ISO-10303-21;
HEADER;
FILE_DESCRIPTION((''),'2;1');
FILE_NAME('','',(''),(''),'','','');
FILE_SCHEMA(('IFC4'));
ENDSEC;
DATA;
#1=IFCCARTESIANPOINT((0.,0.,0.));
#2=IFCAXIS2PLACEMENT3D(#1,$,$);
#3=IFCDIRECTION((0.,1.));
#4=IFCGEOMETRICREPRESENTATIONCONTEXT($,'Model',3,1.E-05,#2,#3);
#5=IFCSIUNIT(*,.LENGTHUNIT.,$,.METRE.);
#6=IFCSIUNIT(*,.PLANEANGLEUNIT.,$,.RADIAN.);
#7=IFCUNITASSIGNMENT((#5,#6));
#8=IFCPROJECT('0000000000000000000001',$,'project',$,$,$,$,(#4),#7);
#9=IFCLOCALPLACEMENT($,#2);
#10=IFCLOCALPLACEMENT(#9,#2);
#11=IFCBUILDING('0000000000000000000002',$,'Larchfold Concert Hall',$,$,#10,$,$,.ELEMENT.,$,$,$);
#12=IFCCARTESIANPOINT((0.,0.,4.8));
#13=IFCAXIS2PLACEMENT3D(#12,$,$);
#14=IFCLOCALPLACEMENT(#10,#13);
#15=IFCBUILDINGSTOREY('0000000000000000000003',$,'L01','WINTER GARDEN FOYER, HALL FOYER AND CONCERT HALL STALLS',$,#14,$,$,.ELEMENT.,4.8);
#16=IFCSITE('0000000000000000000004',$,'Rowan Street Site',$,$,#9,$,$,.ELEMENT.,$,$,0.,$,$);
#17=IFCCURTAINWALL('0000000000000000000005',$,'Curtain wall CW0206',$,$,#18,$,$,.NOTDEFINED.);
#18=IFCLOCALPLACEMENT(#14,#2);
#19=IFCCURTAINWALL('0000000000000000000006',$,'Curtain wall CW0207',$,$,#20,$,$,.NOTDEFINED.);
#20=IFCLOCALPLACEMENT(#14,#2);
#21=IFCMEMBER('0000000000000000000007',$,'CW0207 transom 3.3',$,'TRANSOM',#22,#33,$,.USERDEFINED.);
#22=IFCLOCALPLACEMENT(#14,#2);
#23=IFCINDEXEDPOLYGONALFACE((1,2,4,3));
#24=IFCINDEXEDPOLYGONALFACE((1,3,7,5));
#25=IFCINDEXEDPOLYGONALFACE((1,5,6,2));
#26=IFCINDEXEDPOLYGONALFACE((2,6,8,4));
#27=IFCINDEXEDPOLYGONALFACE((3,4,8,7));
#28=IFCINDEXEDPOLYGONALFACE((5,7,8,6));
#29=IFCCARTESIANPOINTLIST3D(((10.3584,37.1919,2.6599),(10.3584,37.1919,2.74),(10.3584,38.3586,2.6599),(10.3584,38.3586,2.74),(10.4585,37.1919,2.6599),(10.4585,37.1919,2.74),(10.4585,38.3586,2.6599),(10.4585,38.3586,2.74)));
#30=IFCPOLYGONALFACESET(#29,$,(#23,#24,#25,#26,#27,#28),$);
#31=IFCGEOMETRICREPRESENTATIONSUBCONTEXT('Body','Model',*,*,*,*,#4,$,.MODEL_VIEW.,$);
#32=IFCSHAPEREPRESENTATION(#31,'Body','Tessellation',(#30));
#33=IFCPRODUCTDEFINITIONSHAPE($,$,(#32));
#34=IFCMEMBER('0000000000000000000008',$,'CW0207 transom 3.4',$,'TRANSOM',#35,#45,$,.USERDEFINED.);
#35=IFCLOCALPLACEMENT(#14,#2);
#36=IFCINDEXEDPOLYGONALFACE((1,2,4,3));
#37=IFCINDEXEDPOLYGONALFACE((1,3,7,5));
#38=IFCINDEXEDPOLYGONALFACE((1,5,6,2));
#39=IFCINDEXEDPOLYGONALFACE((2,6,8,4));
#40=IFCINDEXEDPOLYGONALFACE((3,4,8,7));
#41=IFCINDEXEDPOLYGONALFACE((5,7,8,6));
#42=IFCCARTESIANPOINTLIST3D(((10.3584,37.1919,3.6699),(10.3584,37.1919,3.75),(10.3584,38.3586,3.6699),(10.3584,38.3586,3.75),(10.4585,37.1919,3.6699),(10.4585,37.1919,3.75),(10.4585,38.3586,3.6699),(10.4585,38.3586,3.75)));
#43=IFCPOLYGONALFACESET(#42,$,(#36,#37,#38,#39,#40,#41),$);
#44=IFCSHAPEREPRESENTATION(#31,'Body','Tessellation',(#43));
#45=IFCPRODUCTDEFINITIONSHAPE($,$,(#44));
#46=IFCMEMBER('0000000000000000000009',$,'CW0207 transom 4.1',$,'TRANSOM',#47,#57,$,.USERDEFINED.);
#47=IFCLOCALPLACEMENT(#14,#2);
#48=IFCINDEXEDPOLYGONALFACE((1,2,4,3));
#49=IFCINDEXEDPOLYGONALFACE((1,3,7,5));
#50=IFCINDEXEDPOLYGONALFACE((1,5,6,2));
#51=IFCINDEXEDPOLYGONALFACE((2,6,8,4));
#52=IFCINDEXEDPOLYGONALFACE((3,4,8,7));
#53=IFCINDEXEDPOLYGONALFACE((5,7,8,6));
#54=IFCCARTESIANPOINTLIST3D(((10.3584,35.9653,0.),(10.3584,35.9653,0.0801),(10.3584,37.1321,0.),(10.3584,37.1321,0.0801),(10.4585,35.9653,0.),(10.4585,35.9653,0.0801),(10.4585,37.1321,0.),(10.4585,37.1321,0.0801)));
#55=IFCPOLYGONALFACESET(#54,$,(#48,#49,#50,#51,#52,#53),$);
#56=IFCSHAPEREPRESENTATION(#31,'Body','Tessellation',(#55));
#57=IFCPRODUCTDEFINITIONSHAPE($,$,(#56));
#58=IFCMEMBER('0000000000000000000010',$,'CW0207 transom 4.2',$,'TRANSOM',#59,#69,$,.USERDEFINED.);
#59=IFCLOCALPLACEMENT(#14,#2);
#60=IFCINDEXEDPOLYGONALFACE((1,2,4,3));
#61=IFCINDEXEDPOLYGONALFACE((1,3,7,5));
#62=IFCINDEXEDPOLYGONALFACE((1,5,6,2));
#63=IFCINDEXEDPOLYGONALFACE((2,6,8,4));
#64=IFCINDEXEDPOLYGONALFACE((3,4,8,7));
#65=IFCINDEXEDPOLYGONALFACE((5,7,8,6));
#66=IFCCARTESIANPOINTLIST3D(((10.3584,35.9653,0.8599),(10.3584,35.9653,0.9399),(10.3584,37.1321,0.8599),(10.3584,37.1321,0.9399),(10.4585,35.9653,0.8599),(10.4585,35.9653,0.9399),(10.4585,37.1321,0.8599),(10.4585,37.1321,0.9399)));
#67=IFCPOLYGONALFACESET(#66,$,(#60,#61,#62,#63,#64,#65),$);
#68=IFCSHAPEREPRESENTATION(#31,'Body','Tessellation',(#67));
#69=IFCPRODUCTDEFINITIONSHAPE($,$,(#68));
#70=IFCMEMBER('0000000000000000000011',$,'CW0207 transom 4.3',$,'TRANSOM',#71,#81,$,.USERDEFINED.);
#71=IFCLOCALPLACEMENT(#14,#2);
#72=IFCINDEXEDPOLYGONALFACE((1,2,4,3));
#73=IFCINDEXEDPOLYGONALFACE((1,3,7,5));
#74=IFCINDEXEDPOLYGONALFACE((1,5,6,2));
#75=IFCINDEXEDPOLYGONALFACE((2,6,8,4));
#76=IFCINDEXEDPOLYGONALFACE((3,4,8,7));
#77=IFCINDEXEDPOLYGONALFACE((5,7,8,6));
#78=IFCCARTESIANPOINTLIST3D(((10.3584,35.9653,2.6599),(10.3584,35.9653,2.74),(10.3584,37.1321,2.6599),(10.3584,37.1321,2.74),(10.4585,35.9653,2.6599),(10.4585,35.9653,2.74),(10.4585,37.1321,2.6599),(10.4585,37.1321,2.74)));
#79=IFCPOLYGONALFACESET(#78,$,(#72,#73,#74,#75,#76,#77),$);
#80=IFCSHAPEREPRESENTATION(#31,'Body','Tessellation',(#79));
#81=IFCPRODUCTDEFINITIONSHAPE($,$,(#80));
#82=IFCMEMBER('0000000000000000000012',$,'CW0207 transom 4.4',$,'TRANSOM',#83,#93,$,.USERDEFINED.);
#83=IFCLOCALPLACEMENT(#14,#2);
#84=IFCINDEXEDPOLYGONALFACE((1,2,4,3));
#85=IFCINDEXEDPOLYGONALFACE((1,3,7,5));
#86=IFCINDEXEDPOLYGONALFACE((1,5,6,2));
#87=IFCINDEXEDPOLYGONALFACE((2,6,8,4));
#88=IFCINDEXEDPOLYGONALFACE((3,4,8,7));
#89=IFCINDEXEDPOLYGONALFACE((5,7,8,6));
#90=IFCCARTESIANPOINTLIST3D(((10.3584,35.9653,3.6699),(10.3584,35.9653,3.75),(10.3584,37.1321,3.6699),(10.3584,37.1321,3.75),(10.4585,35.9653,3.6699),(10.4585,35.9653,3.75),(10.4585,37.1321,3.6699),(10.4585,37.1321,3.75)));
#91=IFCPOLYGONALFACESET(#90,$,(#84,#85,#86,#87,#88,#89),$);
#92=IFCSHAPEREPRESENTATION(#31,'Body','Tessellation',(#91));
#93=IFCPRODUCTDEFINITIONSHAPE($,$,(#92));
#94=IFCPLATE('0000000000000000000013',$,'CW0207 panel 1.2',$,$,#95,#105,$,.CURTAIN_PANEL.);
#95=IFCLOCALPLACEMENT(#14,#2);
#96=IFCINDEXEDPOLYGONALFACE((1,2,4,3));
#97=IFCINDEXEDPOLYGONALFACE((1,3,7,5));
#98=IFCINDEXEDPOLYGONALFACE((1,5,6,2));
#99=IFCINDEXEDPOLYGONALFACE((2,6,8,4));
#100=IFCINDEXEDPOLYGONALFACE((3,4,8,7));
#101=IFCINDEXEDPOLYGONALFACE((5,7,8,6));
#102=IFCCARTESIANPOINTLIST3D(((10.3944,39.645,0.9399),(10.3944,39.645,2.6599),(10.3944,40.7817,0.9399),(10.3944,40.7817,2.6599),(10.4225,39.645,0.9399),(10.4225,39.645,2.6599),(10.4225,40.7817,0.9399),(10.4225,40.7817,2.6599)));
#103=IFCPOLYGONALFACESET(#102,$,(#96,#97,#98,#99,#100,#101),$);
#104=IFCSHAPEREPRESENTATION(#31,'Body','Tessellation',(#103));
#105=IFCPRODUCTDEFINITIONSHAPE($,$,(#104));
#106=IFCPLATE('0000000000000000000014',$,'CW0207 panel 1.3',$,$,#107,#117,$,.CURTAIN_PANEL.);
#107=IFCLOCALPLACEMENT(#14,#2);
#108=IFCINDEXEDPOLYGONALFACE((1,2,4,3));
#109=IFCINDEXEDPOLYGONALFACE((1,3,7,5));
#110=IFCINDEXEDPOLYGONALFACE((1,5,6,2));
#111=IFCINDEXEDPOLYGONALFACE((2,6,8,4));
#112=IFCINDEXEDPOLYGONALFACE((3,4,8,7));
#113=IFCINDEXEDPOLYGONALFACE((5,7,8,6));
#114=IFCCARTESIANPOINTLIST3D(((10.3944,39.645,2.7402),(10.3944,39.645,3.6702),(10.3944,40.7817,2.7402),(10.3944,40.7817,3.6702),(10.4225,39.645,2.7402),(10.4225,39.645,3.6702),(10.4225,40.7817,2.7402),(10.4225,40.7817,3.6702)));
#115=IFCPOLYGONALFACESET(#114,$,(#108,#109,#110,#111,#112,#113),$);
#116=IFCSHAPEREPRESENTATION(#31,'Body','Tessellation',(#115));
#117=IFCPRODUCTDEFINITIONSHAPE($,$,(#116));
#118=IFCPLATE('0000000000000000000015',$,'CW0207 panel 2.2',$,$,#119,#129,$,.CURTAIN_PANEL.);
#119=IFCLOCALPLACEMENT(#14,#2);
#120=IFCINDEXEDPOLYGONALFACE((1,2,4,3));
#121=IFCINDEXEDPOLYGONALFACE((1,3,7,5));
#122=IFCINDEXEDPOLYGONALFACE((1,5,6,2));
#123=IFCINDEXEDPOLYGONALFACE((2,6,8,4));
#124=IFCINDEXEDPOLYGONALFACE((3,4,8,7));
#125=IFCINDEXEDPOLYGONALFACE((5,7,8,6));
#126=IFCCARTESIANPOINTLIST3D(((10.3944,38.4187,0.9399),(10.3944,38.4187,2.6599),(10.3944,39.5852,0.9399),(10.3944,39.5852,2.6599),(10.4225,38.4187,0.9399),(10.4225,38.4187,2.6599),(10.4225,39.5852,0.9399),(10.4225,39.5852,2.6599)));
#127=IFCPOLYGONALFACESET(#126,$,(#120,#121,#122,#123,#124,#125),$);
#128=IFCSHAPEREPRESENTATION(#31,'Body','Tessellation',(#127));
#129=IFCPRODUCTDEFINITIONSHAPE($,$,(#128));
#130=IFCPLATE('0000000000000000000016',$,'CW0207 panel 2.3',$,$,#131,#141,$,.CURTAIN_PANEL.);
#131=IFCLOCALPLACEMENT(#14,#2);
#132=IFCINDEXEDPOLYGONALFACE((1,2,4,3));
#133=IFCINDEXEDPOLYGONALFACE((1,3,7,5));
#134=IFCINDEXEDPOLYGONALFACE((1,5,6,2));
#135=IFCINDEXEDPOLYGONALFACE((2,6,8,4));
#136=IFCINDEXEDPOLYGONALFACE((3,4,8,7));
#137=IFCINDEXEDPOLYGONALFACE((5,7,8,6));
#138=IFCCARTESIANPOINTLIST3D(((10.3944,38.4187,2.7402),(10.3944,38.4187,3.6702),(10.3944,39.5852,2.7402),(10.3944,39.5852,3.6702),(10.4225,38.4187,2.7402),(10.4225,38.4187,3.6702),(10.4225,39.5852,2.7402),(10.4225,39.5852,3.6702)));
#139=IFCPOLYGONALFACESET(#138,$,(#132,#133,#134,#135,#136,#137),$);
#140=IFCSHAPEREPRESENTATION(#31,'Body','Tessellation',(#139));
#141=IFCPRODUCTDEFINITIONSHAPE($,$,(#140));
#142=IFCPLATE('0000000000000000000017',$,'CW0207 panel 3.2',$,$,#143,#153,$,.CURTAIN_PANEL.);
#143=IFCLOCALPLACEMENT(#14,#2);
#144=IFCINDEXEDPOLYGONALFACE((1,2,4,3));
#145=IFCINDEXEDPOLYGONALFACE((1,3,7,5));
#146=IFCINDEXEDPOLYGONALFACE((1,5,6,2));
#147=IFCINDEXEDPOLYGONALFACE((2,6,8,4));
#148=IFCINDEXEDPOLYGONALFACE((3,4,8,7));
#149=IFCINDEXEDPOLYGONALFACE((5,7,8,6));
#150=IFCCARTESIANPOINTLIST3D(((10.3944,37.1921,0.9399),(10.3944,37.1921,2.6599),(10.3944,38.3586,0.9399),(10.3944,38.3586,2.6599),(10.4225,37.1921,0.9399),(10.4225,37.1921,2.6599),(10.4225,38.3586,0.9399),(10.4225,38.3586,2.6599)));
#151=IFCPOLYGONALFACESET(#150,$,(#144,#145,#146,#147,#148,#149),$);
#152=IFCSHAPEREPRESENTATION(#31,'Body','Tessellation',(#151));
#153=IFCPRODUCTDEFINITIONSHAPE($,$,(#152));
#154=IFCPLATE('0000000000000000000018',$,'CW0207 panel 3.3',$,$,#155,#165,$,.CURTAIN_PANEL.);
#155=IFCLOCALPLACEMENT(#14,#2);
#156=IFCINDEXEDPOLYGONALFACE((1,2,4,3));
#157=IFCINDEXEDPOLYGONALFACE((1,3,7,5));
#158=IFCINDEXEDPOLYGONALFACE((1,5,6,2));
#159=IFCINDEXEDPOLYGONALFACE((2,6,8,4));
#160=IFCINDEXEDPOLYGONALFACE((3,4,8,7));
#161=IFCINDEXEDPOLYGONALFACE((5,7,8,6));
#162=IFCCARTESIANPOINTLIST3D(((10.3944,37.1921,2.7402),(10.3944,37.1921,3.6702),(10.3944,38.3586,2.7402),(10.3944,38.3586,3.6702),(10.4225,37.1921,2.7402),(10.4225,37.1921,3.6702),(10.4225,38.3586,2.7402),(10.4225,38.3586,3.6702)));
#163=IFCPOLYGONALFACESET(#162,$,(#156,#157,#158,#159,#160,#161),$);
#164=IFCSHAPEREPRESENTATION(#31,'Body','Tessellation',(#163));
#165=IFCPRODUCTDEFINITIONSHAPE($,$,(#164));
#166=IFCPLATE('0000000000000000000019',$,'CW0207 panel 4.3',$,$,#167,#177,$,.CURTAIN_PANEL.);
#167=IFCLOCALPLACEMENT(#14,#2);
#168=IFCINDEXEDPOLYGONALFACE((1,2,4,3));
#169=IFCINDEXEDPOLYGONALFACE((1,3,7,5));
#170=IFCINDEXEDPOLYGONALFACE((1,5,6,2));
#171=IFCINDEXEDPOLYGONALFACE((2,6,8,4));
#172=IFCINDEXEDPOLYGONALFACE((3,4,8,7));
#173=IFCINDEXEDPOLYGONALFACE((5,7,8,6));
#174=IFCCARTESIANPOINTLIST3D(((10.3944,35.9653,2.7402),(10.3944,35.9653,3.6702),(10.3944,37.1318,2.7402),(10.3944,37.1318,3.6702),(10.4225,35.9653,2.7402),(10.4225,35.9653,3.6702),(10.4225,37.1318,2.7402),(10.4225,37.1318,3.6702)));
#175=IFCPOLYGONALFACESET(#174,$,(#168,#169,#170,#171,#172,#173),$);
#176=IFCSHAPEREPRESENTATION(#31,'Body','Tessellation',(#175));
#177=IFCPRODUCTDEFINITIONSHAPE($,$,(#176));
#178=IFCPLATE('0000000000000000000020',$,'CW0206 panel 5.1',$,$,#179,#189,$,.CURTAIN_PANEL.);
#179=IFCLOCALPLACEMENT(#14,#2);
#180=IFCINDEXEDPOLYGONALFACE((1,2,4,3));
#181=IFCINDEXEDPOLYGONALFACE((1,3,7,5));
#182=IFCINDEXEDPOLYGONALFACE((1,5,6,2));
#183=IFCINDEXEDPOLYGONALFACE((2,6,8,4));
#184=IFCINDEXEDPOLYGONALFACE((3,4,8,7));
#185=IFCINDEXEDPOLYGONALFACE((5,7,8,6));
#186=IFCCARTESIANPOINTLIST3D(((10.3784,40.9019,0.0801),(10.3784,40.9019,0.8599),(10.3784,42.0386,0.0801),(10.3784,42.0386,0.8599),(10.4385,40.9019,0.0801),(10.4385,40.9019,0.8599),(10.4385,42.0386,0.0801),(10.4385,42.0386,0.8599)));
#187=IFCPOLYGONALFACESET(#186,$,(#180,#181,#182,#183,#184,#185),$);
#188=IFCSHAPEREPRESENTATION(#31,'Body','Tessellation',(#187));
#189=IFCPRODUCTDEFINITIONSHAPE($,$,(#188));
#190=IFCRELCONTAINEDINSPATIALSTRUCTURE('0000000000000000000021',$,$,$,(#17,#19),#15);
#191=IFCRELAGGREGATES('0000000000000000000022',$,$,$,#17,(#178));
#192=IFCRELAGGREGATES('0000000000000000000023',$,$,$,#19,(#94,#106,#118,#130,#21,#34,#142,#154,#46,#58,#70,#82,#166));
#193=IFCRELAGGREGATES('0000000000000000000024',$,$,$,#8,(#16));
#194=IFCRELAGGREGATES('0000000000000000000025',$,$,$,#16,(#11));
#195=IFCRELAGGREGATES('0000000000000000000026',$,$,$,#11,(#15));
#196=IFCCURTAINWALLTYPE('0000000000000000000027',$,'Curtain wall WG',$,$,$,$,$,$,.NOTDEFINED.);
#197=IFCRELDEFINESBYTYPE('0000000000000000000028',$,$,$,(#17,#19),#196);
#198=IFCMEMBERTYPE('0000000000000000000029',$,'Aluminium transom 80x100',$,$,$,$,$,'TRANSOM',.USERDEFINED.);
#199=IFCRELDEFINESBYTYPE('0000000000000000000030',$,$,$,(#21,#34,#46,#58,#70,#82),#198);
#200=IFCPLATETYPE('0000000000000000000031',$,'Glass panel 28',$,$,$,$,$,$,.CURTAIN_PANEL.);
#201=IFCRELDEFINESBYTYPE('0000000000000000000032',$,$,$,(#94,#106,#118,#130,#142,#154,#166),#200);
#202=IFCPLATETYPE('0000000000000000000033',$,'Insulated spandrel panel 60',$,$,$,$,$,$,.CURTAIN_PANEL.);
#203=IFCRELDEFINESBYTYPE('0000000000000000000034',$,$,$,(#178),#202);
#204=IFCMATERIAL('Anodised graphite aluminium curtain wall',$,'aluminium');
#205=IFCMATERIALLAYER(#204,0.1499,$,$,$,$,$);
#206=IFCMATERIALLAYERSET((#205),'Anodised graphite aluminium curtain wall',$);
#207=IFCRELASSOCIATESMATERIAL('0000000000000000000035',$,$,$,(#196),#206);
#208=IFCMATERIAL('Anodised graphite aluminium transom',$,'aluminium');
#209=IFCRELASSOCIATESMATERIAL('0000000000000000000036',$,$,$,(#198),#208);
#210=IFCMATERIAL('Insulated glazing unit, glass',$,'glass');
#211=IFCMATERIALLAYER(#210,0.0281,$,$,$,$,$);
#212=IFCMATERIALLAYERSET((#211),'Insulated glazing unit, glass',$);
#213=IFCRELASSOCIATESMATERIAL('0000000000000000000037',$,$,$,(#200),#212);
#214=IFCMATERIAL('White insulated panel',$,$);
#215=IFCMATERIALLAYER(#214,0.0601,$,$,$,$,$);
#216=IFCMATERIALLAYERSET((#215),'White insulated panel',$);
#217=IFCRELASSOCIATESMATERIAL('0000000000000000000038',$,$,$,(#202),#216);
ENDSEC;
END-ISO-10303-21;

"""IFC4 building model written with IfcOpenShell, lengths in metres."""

from ifc_helpers import new_model, si_unit, direction, frame, origin, origin_2d, place, context, subcontext, project, spatial, rectangle, extrude, material, layer, layer_set, material_profile, profile_set, type_object, element, aggregate, save


model = new_model("IFC4")

# Units and contexts
model_context = context("Model", 3, precision=1e-05, world=origin(), true_north=direction((0.0, 1.0)))
body_context = subcontext(model_context, "Body", "Model", "MODEL_VIEW")
ifc_project = project(units=[si_unit("LENGTHUNIT", "METRE"), si_unit("PLANEANGLEUNIT", "RADIAN")], contexts=[model_context])

# Site, building, storey
site_placement = place(None, origin())
site = spatial("IfcSite", under=ifc_project, at=site_placement, Name="Rowan Street Site", CompositionType="ELEMENT", RefElevation=0.0)
building_placement = place(site_placement, origin())
building = spatial("IfcBuilding", under=site, at=building_placement, Name="Larchfold Concert Hall", CompositionType="ELEMENT")
storey_placement = place(building_placement, frame((0.0, 0.0, 4.8)))
storey = spatial("IfcBuildingStorey", under=building, at=storey_placement, Name="L01", Description="WINTER GARDEN FOYER, HALL FOYER AND CONCERT HALL STALLS", CompositionType="ELEMENT", Elevation=4.8)

# Curtain wall
ifc_material_1 = material(Name="Anodised graphite aluminium curtain wall", Category="aluminium")
ifc_layer_1 = layer(ifc_material_1, 0.1499)
ifc_layer_set_1 = layer_set([ifc_layer_1], Name="Anodised graphite aluminium curtain wall")
curtain_wall_type = type_object("IfcCurtainWallType", Name="Curtain wall WG", PredefinedType="NOTDEFINED", material=ifc_layer_set_1)
curtain_wall_1_placement = place(storey_placement, origin())
curtain_wall_1 = element("IfcCurtainWall", 1, at=curtain_wall_1_placement, inside=storey, type_object=curtain_wall_type, Name="Curtain wall CW0206", PredefinedType="NOTDEFINED")

# Curtain wall, members, plates
curtain_wall_2_placement = place(storey_placement, origin())
curtain_wall_2 = element("IfcCurtainWall", 2, at=curtain_wall_2_placement, inside=storey, type_object=curtain_wall_type, Name="Curtain wall CW0207", PredefinedType="NOTDEFINED")
ifc_material_2 = material(Name="Anodised graphite aluminium transom", Category="aluminium")
ifc_material_profile_1 = material_profile(ifc_material_2, rectangle(XDim=0.1001, YDim=0.0801, at=origin_2d()))
ifc_profile_set_1 = profile_set([ifc_material_profile_1], Name="Anodised graphite aluminium transom")
member_type_1 = type_object("IfcMemberType", Name="Aluminium transom 80x100", ElementType="TRANSOM", PredefinedType="USERDEFINED", material=ifc_profile_set_1)
member_1_placement = place(storey_placement, frame((10.4084, 38.3586, 2.7), z_axis=(0.0, -1.0, 0.0), x_axis=(1.0, 0.0, 0.0)))
member_1 = element("IfcMember", 3, at=member_1_placement, type_object=member_type_1, Name="CW0207 transom 3.3", ObjectType="TRANSOM", PredefinedType="USERDEFINED", context=body_context, shape_type="SweptSolid", body=[
    extrude(rectangle(XDim=0.1001, YDim=0.0801, at=origin_2d()), origin(), (0.0, 0.0, 1.0), 1.1667),
])
member_2_placement = place(storey_placement, frame((10.4084, 38.3586, 3.71), z_axis=(0.0, -1.0, 0.0), x_axis=(1.0, 0.0, 0.0)))
member_2 = element("IfcMember", 4, at=member_2_placement, type_object=member_type_1, Name="CW0207 transom 3.4", ObjectType="TRANSOM", PredefinedType="USERDEFINED", context=body_context, shape_type="SweptSolid", body=[
    extrude(rectangle(XDim=0.1001, YDim=0.0801, at=origin_2d()), origin(), (0.0, 0.0, 1.0), 1.1667),
])
member_3_placement = place(storey_placement, frame((10.4084, 37.1321, 0.04), z_axis=(0.0, -1.0, 0.0), x_axis=(1.0, 0.0, 0.0)))
member_3 = element("IfcMember", 5, at=member_3_placement, type_object=member_type_1, Name="CW0207 transom 4.1", ObjectType="TRANSOM", PredefinedType="USERDEFINED", context=body_context, shape_type="SweptSolid", body=[
    extrude(rectangle(XDim=0.1001, YDim=0.0801, at=origin_2d()), origin(), (0.0, 0.0, 1.0), 1.1667),
])
member_4_placement = place(storey_placement, frame((10.4084, 37.1321, 0.8999), z_axis=(0.0, -1.0, 0.0), x_axis=(1.0, 0.0, 0.0)))
member_4 = element("IfcMember", 6, at=member_4_placement, type_object=member_type_1, Name="CW0207 transom 4.2", ObjectType="TRANSOM", PredefinedType="USERDEFINED", context=body_context, shape_type="SweptSolid", body=[
    extrude(rectangle(XDim=0.1001, YDim=0.0801, at=origin_2d()), origin(), (0.0, 0.0, 1.0), 1.1667),
])
member_5_placement = place(storey_placement, frame((10.4084, 37.1321, 2.7), z_axis=(0.0, -1.0, 0.0), x_axis=(1.0, 0.0, 0.0)))
member_5 = element("IfcMember", 7, at=member_5_placement, type_object=member_type_1, Name="CW0207 transom 4.3", ObjectType="TRANSOM", PredefinedType="USERDEFINED", context=body_context, shape_type="SweptSolid", body=[
    extrude(rectangle(XDim=0.1001, YDim=0.0801, at=origin_2d()), origin(), (0.0, 0.0, 1.0), 1.1667),
])
member_6_placement = place(storey_placement, frame((10.4084, 37.1321, 3.71), z_axis=(0.0, -1.0, 0.0), x_axis=(1.0, 0.0, 0.0)))
member_6 = element("IfcMember", 8, at=member_6_placement, type_object=member_type_1, Name="CW0207 transom 4.4", ObjectType="TRANSOM", PredefinedType="USERDEFINED", context=body_context, shape_type="SweptSolid", body=[
    extrude(rectangle(XDim=0.1001, YDim=0.0801, at=origin_2d()), origin(), (0.0, 0.0, 1.0), 1.1667),
])
ifc_material_3 = material(Name="Insulated glazing unit, glass", Category="glass")
ifc_layer_2 = layer(ifc_material_3, 0.0281)
ifc_layer_set_2 = layer_set([ifc_layer_2], Name="Insulated glazing unit, glass")
plate_type_1 = type_object("IfcPlateType", Name="Glass panel 28", PredefinedType="CURTAIN_PANEL", material=ifc_layer_set_2)
plate_1_placement = place(storey_placement, frame((10.4084, 40.2134, 0.9399), z_axis=(0.0, 0.0, 1.0), x_axis=(0.0, -1.0, 0.0)))
plate_1 = element("IfcPlate", 9, at=plate_1_placement, type_object=plate_type_1, Name="CW0207 panel 1.2", PredefinedType="CURTAIN_PANEL", context=body_context, shape_type="SweptSolid", body=[
    extrude(rectangle(XDim=1.1367, YDim=0.0281, at=origin_2d()), origin(), (0.0, 0.0, 1.0), 1.72),
])
plate_2_placement = place(storey_placement, frame((10.4084, 40.2134, 2.7402), z_axis=(0.0, 0.0, 1.0), x_axis=(0.0, -1.0, 0.0)))
plate_2 = element("IfcPlate", 10, at=plate_2_placement, type_object=plate_type_1, Name="CW0207 panel 1.3", PredefinedType="CURTAIN_PANEL", context=body_context, shape_type="SweptSolid", body=[
    extrude(rectangle(XDim=1.1367, YDim=0.0281, at=origin_2d()), origin(), (0.0, 0.0, 1.0), 0.9299),
])
plate_3_placement = place(storey_placement, frame((10.4084, 39.002, 0.9399), z_axis=(0.0, 0.0, 1.0), x_axis=(0.0, -1.0, 0.0)))
plate_3 = element("IfcPlate", 11, at=plate_3_placement, type_object=plate_type_1, Name="CW0207 panel 2.2", PredefinedType="CURTAIN_PANEL", context=body_context, shape_type="SweptSolid", body=[
    extrude(rectangle(XDim=1.1665, YDim=0.0281, at=origin_2d()), origin(), (0.0, 0.0, 1.0), 1.72),
])
plate_4_placement = place(storey_placement, frame((10.4084, 39.002, 2.7402), z_axis=(0.0, 0.0, 1.0), x_axis=(0.0, -1.0, 0.0)))
plate_4 = element("IfcPlate", 12, at=plate_4_placement, type_object=plate_type_1, Name="CW0207 panel 2.3", PredefinedType="CURTAIN_PANEL", context=body_context, shape_type="SweptSolid", body=[
    extrude(rectangle(XDim=1.1665, YDim=0.0281, at=origin_2d()), origin(), (0.0, 0.0, 1.0), 0.9299),
])
plate_5_placement = place(storey_placement, frame((10.4084, 37.7754, 0.9399), z_axis=(0.0, 0.0, 1.0), x_axis=(0.0, -1.0, 0.0)))
plate_5 = element("IfcPlate", 13, at=plate_5_placement, type_object=plate_type_1, Name="CW0207 panel 3.2", PredefinedType="CURTAIN_PANEL", context=body_context, shape_type="SweptSolid", body=[
    extrude(rectangle(XDim=1.1665, YDim=0.0281, at=origin_2d()), origin(), (0.0, 0.0, 1.0), 1.72),
])
plate_6_placement = place(storey_placement, frame((10.4084, 37.7754, 2.7402), z_axis=(0.0, 0.0, 1.0), x_axis=(0.0, -1.0, 0.0)))
plate_6 = element("IfcPlate", 14, at=plate_6_placement, type_object=plate_type_1, Name="CW0207 panel 3.3", PredefinedType="CURTAIN_PANEL", context=body_context, shape_type="SweptSolid", body=[
    extrude(rectangle(XDim=1.1665, YDim=0.0281, at=origin_2d()), origin(), (0.0, 0.0, 1.0), 0.9299),
])
plate_7_placement = place(storey_placement, frame((10.4084, 36.5486, 2.7402), z_axis=(0.0, 0.0, 1.0), x_axis=(0.0, -1.0, 0.0)))
plate_7 = element("IfcPlate", 15, at=plate_7_placement, type_object=plate_type_1, Name="CW0207 panel 4.3", PredefinedType="CURTAIN_PANEL", context=body_context, shape_type="SweptSolid", body=[
    extrude(rectangle(XDim=1.1665, YDim=0.0281, at=origin_2d()), origin(), (0.0, 0.0, 1.0), 0.9299),
])

# Plate
ifc_material_4 = material(Name="White insulated panel")
ifc_layer_3 = layer(ifc_material_4, 0.0601)
ifc_layer_set_3 = layer_set([ifc_layer_3], Name="White insulated panel")
plate_type_2 = type_object("IfcPlateType", Name="Insulated spandrel panel 60", PredefinedType="CURTAIN_PANEL", material=ifc_layer_set_3)
plate_8_placement = place(storey_placement, frame((10.4084, 41.4702, 0.0801), z_axis=(0.0, 0.0, 1.0), x_axis=(0.0, -1.0, 0.0)))
plate_8 = element("IfcPlate", 16, at=plate_8_placement, type_object=plate_type_2, Name="CW0206 panel 5.1", PredefinedType="CURTAIN_PANEL", context=body_context, shape_type="SweptSolid", body=[
    extrude(rectangle(XDim=1.1367, YDim=0.0601, at=origin_2d()), origin(), (0.0, 0.0, 1.0), 0.7798),
])
aggregate(curtain_wall_1, [plate_8])
aggregate(curtain_wall_2, [plate_1, plate_2, plate_3, plate_4, member_1, member_2, plate_5, plate_6, member_3, member_4, member_5, member_6, plate_7])

save(model, "model.ifc")
